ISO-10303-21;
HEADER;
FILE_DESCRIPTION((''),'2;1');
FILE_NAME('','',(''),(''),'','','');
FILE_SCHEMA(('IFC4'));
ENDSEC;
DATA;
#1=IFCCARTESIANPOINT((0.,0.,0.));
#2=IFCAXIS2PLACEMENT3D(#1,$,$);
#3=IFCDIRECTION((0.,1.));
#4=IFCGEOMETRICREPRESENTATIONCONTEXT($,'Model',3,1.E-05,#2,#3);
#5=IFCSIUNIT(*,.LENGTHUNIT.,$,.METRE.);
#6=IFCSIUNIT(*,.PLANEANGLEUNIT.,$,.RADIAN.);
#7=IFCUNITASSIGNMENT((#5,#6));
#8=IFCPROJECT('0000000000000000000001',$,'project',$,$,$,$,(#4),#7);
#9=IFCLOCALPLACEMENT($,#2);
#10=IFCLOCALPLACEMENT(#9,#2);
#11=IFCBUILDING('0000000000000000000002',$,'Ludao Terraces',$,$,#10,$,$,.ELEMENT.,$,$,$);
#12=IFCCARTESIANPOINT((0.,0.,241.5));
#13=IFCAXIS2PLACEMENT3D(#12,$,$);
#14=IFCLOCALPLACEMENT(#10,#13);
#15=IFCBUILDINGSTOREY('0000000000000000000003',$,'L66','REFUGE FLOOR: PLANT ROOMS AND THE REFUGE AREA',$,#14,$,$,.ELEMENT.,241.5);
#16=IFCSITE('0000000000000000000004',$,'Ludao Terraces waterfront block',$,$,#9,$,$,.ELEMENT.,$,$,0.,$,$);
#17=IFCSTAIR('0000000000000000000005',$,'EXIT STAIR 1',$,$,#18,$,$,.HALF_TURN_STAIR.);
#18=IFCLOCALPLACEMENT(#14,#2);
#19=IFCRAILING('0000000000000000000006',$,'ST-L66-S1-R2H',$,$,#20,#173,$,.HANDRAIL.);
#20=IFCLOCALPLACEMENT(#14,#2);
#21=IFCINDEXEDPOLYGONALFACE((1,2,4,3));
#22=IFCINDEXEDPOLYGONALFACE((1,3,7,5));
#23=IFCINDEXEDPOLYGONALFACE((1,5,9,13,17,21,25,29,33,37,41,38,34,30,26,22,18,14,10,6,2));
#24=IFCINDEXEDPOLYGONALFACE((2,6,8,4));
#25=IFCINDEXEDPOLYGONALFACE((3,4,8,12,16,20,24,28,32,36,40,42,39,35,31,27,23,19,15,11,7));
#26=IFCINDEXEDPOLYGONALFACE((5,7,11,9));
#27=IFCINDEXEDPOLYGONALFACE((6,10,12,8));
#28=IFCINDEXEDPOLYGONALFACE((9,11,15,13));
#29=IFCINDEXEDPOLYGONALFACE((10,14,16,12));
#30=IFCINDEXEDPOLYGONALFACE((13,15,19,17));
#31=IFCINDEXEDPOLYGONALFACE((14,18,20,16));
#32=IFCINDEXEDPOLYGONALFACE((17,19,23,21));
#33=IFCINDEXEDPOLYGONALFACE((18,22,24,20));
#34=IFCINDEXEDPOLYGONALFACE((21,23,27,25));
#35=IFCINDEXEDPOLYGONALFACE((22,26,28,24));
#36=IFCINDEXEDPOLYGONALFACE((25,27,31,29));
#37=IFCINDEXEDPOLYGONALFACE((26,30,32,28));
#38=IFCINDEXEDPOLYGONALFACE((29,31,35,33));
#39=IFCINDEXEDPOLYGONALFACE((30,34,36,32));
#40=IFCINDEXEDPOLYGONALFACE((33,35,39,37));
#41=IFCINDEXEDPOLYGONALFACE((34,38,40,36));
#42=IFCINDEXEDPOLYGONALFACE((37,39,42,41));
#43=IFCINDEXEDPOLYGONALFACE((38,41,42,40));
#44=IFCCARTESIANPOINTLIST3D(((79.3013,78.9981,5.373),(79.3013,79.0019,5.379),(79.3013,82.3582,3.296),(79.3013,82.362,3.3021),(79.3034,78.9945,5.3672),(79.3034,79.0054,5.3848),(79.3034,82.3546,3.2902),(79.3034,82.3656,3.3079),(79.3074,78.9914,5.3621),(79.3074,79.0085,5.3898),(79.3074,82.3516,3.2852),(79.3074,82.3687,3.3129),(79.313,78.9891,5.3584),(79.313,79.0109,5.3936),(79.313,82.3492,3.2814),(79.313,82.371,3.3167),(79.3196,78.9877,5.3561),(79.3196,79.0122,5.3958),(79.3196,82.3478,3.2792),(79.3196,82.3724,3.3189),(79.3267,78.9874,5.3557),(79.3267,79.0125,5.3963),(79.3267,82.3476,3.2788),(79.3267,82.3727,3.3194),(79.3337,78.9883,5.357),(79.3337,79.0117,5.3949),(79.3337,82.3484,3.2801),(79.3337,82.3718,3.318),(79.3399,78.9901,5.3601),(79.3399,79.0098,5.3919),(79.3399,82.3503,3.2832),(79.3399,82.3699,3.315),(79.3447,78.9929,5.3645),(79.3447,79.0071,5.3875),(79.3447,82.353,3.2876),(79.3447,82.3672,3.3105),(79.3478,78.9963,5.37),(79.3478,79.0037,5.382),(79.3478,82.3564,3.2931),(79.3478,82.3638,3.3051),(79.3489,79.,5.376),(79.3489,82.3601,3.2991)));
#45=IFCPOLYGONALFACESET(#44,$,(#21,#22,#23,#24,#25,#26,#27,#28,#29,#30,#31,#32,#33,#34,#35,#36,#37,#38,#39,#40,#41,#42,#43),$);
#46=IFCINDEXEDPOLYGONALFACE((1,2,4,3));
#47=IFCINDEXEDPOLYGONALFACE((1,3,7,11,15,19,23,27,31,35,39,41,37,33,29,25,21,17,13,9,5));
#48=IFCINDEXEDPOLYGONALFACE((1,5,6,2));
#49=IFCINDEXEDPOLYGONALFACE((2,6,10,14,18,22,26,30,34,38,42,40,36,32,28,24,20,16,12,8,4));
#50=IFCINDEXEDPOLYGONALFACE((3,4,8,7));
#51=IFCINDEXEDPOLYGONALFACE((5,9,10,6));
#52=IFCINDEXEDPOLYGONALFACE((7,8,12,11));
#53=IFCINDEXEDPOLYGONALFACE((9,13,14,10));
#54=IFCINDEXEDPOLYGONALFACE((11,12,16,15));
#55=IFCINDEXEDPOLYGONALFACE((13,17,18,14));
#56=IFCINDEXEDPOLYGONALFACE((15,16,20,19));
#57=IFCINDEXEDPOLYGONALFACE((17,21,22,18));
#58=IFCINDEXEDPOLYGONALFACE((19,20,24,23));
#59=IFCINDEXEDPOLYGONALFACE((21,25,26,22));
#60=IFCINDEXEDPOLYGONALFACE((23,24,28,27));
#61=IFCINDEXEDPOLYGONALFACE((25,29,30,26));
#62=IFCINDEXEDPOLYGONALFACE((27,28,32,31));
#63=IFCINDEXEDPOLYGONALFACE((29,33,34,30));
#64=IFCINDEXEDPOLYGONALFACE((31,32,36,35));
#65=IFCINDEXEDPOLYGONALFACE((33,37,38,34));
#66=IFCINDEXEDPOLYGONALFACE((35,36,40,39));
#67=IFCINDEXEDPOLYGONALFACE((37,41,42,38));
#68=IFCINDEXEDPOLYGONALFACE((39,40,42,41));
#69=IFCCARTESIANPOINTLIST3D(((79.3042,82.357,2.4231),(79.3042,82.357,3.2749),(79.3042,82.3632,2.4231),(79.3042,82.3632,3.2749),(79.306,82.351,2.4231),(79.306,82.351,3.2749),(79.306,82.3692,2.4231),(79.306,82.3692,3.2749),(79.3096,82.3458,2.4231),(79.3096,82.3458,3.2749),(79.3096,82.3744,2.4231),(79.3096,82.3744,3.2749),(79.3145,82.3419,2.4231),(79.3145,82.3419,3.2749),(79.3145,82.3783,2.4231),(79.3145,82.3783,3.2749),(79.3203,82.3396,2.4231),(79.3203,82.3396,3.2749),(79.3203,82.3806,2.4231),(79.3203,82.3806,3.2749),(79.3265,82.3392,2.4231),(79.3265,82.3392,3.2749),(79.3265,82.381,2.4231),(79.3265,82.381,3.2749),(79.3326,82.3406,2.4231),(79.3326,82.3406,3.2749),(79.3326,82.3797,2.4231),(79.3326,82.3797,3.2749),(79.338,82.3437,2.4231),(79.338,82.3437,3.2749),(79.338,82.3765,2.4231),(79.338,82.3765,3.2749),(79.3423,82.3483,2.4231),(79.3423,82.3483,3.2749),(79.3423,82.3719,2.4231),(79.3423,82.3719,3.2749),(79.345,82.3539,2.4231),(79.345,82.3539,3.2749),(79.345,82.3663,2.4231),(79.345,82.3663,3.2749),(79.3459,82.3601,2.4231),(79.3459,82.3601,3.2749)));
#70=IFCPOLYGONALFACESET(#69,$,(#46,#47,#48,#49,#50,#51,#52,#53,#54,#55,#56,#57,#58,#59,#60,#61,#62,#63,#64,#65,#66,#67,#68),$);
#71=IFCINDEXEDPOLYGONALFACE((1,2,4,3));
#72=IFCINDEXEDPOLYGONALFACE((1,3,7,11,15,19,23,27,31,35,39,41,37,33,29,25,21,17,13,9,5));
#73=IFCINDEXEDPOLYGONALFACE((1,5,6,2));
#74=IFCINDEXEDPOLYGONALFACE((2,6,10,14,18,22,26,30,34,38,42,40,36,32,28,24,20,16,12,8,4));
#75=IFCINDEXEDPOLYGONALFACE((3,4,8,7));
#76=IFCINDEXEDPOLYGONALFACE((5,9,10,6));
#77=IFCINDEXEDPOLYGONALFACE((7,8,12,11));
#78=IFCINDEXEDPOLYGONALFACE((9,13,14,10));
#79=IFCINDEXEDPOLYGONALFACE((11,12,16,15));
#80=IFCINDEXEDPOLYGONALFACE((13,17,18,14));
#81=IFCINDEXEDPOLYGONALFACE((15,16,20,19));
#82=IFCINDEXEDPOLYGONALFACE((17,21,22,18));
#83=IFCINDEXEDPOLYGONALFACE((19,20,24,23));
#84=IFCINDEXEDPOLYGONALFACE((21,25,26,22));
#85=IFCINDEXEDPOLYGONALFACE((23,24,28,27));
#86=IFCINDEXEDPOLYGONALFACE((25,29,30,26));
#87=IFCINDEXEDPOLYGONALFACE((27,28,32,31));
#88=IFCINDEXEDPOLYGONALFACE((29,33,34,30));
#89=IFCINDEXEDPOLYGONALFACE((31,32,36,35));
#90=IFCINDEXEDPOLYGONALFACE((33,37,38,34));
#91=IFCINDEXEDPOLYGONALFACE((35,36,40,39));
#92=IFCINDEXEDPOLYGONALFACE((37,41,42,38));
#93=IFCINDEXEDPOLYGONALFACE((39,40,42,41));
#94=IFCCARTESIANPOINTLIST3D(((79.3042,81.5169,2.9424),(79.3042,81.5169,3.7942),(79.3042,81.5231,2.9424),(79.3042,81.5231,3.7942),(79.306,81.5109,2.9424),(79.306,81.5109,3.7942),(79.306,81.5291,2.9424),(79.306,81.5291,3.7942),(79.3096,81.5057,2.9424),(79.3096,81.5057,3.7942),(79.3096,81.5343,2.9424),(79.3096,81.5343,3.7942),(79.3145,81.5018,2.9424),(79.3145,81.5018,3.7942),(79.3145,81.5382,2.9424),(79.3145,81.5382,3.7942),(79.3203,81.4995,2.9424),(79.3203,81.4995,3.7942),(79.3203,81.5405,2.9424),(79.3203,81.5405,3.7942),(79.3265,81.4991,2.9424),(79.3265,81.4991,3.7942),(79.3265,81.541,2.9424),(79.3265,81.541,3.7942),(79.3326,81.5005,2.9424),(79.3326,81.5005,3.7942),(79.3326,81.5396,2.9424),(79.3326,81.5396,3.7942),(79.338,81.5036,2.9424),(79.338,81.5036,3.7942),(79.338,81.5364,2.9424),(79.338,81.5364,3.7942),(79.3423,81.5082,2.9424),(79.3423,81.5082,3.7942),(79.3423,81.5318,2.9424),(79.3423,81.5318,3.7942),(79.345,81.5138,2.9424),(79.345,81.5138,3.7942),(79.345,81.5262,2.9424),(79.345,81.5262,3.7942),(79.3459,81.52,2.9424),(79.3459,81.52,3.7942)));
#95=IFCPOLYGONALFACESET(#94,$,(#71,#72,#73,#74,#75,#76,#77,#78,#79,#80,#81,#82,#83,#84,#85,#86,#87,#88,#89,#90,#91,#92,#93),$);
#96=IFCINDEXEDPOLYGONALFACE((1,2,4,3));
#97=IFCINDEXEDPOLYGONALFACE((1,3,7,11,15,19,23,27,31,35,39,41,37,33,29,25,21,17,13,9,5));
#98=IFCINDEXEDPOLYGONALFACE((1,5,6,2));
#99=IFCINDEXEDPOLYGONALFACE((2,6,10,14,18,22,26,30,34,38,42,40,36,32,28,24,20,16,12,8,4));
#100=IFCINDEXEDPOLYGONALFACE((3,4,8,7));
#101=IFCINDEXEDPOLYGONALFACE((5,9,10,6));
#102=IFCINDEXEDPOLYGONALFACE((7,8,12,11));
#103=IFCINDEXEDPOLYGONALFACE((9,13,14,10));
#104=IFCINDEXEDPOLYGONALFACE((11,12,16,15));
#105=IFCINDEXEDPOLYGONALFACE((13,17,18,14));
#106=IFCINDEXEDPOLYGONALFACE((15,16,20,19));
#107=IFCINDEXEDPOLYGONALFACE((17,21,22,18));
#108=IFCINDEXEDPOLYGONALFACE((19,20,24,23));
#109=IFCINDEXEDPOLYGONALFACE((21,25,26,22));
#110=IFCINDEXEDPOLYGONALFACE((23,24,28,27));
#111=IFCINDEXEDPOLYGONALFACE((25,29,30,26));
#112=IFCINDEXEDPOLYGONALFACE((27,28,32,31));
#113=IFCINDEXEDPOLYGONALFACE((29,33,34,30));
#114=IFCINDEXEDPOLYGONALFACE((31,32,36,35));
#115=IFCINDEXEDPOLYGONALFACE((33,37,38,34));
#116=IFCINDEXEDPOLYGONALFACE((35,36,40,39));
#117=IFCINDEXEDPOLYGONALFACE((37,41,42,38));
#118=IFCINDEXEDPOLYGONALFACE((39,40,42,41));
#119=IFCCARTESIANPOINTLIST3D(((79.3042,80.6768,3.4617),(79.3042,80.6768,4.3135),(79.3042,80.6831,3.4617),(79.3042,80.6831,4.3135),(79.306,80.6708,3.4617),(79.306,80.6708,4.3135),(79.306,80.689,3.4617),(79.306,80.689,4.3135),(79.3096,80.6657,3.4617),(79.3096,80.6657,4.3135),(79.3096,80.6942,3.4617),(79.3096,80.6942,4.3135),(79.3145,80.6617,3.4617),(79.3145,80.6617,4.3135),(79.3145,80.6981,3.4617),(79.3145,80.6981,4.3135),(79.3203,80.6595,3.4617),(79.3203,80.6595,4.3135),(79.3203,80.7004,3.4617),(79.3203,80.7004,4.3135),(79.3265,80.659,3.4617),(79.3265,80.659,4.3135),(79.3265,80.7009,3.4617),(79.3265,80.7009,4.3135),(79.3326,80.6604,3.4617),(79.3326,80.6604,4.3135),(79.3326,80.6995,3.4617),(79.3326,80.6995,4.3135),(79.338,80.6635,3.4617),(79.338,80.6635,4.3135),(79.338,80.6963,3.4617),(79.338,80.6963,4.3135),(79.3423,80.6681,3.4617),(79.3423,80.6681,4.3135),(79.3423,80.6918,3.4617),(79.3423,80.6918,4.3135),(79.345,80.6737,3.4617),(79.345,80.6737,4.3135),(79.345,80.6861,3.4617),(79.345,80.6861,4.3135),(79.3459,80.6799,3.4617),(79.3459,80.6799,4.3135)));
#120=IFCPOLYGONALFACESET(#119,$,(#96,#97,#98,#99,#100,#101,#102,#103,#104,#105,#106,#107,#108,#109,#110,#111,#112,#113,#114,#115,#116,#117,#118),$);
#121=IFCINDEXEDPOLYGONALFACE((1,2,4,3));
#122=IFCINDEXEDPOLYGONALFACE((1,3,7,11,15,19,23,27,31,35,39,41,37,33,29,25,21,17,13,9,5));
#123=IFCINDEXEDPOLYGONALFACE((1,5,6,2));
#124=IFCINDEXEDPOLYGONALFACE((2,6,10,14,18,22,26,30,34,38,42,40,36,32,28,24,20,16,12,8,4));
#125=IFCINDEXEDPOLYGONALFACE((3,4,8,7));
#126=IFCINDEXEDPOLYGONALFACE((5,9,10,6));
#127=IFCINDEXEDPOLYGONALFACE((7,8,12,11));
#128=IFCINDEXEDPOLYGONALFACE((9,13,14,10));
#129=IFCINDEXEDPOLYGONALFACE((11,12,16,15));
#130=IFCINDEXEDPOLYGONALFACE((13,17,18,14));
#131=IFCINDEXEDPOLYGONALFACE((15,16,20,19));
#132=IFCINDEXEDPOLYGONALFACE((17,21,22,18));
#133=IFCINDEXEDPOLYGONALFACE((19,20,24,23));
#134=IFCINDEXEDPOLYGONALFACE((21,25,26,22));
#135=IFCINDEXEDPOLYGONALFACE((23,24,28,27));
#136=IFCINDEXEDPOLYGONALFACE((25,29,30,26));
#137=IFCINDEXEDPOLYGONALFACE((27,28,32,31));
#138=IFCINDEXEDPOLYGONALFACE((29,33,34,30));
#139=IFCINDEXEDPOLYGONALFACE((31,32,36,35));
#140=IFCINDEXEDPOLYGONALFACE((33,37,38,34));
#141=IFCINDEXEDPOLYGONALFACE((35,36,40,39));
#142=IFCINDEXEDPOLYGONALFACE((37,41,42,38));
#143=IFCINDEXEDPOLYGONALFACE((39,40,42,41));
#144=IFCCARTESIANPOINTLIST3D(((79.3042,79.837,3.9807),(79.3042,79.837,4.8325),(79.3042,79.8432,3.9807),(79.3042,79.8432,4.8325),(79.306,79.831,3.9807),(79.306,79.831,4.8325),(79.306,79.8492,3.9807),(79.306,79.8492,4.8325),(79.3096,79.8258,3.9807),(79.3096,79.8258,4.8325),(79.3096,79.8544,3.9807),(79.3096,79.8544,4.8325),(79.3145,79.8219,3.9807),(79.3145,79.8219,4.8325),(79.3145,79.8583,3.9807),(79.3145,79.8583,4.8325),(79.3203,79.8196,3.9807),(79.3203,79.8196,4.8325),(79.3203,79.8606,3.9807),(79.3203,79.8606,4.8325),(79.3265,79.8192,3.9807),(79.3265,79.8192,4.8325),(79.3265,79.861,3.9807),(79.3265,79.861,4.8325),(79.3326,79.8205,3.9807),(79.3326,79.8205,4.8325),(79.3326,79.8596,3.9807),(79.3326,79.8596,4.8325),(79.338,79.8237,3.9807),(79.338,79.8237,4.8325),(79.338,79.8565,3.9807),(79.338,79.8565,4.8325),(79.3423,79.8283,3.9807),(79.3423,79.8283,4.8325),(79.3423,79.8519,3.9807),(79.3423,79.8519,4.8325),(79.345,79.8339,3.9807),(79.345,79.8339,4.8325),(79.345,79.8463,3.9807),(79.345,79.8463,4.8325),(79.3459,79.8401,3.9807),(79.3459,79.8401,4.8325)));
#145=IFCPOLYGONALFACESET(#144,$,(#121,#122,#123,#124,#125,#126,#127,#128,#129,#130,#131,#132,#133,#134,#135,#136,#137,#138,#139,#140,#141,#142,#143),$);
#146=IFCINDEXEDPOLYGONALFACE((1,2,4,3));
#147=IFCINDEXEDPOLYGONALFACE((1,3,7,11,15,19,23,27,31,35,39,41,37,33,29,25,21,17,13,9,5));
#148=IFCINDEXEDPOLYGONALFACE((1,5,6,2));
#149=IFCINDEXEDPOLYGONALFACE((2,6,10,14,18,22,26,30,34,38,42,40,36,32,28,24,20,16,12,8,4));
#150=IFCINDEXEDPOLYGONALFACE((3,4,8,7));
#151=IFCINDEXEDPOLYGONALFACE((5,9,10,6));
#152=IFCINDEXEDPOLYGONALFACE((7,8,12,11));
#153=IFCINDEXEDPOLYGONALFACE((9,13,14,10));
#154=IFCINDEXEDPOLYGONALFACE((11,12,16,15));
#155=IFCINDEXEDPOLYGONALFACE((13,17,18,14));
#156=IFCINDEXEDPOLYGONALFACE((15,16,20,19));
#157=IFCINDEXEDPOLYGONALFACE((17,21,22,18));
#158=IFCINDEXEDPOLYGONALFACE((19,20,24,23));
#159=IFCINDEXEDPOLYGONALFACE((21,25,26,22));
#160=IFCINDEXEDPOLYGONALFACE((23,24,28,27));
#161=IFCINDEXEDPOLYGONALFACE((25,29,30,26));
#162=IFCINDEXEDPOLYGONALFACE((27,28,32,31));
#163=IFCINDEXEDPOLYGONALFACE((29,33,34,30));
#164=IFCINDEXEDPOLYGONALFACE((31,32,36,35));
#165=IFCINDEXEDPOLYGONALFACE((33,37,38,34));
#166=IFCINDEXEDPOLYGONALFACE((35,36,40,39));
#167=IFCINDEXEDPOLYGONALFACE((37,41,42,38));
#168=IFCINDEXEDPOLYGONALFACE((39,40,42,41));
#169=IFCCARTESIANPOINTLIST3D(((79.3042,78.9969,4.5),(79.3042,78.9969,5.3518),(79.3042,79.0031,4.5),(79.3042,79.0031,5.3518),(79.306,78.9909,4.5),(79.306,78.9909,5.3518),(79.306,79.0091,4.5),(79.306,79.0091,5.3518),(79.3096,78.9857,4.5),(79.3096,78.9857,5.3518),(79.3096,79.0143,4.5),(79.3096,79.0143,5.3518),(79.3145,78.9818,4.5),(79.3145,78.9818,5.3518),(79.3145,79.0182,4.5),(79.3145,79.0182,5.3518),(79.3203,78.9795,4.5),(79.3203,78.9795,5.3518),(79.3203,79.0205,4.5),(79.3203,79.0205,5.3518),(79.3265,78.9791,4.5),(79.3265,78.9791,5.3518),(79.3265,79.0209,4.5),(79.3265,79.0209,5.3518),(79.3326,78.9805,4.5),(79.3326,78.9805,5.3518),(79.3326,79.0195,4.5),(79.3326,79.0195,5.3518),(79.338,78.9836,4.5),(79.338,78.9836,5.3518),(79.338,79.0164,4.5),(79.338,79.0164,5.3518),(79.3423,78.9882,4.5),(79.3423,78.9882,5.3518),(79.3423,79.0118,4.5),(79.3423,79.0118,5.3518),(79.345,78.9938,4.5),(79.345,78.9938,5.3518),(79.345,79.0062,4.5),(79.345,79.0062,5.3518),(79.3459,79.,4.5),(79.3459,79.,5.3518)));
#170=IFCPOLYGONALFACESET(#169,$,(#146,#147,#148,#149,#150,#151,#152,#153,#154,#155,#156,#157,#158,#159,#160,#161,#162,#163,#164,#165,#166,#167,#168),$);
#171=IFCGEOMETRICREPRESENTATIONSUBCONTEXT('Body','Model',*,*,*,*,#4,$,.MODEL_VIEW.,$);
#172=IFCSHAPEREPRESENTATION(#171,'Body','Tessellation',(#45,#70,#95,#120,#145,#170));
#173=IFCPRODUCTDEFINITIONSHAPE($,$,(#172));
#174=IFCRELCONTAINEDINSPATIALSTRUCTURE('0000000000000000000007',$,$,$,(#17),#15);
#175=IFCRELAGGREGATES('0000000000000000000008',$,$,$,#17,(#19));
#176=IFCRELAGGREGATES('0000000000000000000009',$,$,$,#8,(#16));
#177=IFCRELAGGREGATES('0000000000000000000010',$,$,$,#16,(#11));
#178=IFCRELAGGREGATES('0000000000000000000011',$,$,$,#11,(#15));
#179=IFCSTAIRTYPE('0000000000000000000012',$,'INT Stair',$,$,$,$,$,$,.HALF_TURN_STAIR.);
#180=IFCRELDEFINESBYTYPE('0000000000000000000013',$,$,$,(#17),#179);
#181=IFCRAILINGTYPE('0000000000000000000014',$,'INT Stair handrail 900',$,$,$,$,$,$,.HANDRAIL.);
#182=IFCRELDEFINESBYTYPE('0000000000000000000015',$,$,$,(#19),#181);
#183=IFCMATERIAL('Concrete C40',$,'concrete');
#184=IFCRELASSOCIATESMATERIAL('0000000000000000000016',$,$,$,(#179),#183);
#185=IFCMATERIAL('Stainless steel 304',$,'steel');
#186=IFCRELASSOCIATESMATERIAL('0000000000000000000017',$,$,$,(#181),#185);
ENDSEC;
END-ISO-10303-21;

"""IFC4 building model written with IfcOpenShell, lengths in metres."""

from ifc_helpers import new_model, si_unit, direction, frame, origin, origin_2d, place, context, subcontext, project, spatial, circle, extrude, material, type_object, element, aggregate, save


model = new_model("IFC4")

# Units and contexts
model_context = context("Model", 3, precision=1e-05, world=origin(), true_north=direction((0.0, 1.0)))
body_context = subcontext(model_context, "Body", "Model", "MODEL_VIEW")
ifc_project = project(units=[si_unit("LENGTHUNIT", "METRE"), si_unit("PLANEANGLEUNIT", "RADIAN")], contexts=[model_context])

# Site, building, storey
site_placement = place(None, origin())
site = spatial("IfcSite", under=ifc_project, at=site_placement, Name="Ludao Terraces waterfront block", CompositionType="ELEMENT", RefElevation=0.0)
building_placement = place(site_placement, origin())
building = spatial("IfcBuilding", under=site, at=building_placement, Name="Ludao Terraces", CompositionType="ELEMENT")
storey_placement = place(building_placement, frame((0.0, 0.0, 241.5)))
storey = spatial("IfcBuildingStorey", under=building, at=storey_placement, Name="L66", Description="REFUGE FLOOR: PLANT ROOMS AND THE REFUGE AREA", CompositionType="ELEMENT", Elevation=241.5)

# Shared definitions
ifc_material_1 = material(Name="Stainless steel 304", Category="steel")

# Stair, railing
ifc_material_2 = material(Name="Concrete C40", Category="concrete")
stair_type = type_object("IfcStairType", Name="INT Stair", PredefinedType="HALF_TURN_STAIR", material=ifc_material_2)
stair_placement = place(storey_placement, origin())
stair = element("IfcStair", 1, at=stair_placement, inside=storey, type_object=stair_type, Name="EXIT STAIR 1", PredefinedType="HALF_TURN_STAIR")
railing_type_1 = type_object("IfcRailingType", Name="INT Stair handrail 900", PredefinedType="HANDRAIL", material=ifc_material_1)
railing_1_placement = place(storey_placement, frame((79.325, 82.3601, 2.4231)))
railing_1 = element("IfcRailing", 2, at=railing_1_placement, type_object=railing_type_1, Name="ST-L66-S1-R2H", PredefinedType="HANDRAIL", context=body_context, shape_type="SweptSolid", body=[
    extrude(circle(Radius=0.0239, at=origin_2d()), frame((0.0, 0.0, 0.876), z_axis=(0.0, -0.850623, 0.525776), x_axis=(1.0, 0.0, 0.0)), (0.0, 0.0, 1.0), 3.9502),
    extrude(circle(Radius=0.021, at=origin_2d()), origin(), (0.0, 0.0, 1.0), 0.8518),
    extrude(circle(Radius=0.021, at=origin_2d()), frame((0.0, -0.8401, 0.5193)), (0.0, 0.0, 1.0), 0.8518),
    extrude(circle(Radius=0.021, at=origin_2d()), frame((0.0, -1.6802, 1.0386)), (0.0, 0.0, 1.0), 0.8518),
    extrude(circle(Radius=0.021, at=origin_2d()), frame((0.0, -2.52, 1.5576)), (0.0, 0.0, 1.0), 0.8518),
    extrude(circle(Radius=0.021, at=origin_2d()), frame((0.0, -3.3601, 2.0769)), (0.0, 0.0, 1.0), 0.8518),
])
aggregate(stair, [railing_1])

save(model, "model.ifc")
